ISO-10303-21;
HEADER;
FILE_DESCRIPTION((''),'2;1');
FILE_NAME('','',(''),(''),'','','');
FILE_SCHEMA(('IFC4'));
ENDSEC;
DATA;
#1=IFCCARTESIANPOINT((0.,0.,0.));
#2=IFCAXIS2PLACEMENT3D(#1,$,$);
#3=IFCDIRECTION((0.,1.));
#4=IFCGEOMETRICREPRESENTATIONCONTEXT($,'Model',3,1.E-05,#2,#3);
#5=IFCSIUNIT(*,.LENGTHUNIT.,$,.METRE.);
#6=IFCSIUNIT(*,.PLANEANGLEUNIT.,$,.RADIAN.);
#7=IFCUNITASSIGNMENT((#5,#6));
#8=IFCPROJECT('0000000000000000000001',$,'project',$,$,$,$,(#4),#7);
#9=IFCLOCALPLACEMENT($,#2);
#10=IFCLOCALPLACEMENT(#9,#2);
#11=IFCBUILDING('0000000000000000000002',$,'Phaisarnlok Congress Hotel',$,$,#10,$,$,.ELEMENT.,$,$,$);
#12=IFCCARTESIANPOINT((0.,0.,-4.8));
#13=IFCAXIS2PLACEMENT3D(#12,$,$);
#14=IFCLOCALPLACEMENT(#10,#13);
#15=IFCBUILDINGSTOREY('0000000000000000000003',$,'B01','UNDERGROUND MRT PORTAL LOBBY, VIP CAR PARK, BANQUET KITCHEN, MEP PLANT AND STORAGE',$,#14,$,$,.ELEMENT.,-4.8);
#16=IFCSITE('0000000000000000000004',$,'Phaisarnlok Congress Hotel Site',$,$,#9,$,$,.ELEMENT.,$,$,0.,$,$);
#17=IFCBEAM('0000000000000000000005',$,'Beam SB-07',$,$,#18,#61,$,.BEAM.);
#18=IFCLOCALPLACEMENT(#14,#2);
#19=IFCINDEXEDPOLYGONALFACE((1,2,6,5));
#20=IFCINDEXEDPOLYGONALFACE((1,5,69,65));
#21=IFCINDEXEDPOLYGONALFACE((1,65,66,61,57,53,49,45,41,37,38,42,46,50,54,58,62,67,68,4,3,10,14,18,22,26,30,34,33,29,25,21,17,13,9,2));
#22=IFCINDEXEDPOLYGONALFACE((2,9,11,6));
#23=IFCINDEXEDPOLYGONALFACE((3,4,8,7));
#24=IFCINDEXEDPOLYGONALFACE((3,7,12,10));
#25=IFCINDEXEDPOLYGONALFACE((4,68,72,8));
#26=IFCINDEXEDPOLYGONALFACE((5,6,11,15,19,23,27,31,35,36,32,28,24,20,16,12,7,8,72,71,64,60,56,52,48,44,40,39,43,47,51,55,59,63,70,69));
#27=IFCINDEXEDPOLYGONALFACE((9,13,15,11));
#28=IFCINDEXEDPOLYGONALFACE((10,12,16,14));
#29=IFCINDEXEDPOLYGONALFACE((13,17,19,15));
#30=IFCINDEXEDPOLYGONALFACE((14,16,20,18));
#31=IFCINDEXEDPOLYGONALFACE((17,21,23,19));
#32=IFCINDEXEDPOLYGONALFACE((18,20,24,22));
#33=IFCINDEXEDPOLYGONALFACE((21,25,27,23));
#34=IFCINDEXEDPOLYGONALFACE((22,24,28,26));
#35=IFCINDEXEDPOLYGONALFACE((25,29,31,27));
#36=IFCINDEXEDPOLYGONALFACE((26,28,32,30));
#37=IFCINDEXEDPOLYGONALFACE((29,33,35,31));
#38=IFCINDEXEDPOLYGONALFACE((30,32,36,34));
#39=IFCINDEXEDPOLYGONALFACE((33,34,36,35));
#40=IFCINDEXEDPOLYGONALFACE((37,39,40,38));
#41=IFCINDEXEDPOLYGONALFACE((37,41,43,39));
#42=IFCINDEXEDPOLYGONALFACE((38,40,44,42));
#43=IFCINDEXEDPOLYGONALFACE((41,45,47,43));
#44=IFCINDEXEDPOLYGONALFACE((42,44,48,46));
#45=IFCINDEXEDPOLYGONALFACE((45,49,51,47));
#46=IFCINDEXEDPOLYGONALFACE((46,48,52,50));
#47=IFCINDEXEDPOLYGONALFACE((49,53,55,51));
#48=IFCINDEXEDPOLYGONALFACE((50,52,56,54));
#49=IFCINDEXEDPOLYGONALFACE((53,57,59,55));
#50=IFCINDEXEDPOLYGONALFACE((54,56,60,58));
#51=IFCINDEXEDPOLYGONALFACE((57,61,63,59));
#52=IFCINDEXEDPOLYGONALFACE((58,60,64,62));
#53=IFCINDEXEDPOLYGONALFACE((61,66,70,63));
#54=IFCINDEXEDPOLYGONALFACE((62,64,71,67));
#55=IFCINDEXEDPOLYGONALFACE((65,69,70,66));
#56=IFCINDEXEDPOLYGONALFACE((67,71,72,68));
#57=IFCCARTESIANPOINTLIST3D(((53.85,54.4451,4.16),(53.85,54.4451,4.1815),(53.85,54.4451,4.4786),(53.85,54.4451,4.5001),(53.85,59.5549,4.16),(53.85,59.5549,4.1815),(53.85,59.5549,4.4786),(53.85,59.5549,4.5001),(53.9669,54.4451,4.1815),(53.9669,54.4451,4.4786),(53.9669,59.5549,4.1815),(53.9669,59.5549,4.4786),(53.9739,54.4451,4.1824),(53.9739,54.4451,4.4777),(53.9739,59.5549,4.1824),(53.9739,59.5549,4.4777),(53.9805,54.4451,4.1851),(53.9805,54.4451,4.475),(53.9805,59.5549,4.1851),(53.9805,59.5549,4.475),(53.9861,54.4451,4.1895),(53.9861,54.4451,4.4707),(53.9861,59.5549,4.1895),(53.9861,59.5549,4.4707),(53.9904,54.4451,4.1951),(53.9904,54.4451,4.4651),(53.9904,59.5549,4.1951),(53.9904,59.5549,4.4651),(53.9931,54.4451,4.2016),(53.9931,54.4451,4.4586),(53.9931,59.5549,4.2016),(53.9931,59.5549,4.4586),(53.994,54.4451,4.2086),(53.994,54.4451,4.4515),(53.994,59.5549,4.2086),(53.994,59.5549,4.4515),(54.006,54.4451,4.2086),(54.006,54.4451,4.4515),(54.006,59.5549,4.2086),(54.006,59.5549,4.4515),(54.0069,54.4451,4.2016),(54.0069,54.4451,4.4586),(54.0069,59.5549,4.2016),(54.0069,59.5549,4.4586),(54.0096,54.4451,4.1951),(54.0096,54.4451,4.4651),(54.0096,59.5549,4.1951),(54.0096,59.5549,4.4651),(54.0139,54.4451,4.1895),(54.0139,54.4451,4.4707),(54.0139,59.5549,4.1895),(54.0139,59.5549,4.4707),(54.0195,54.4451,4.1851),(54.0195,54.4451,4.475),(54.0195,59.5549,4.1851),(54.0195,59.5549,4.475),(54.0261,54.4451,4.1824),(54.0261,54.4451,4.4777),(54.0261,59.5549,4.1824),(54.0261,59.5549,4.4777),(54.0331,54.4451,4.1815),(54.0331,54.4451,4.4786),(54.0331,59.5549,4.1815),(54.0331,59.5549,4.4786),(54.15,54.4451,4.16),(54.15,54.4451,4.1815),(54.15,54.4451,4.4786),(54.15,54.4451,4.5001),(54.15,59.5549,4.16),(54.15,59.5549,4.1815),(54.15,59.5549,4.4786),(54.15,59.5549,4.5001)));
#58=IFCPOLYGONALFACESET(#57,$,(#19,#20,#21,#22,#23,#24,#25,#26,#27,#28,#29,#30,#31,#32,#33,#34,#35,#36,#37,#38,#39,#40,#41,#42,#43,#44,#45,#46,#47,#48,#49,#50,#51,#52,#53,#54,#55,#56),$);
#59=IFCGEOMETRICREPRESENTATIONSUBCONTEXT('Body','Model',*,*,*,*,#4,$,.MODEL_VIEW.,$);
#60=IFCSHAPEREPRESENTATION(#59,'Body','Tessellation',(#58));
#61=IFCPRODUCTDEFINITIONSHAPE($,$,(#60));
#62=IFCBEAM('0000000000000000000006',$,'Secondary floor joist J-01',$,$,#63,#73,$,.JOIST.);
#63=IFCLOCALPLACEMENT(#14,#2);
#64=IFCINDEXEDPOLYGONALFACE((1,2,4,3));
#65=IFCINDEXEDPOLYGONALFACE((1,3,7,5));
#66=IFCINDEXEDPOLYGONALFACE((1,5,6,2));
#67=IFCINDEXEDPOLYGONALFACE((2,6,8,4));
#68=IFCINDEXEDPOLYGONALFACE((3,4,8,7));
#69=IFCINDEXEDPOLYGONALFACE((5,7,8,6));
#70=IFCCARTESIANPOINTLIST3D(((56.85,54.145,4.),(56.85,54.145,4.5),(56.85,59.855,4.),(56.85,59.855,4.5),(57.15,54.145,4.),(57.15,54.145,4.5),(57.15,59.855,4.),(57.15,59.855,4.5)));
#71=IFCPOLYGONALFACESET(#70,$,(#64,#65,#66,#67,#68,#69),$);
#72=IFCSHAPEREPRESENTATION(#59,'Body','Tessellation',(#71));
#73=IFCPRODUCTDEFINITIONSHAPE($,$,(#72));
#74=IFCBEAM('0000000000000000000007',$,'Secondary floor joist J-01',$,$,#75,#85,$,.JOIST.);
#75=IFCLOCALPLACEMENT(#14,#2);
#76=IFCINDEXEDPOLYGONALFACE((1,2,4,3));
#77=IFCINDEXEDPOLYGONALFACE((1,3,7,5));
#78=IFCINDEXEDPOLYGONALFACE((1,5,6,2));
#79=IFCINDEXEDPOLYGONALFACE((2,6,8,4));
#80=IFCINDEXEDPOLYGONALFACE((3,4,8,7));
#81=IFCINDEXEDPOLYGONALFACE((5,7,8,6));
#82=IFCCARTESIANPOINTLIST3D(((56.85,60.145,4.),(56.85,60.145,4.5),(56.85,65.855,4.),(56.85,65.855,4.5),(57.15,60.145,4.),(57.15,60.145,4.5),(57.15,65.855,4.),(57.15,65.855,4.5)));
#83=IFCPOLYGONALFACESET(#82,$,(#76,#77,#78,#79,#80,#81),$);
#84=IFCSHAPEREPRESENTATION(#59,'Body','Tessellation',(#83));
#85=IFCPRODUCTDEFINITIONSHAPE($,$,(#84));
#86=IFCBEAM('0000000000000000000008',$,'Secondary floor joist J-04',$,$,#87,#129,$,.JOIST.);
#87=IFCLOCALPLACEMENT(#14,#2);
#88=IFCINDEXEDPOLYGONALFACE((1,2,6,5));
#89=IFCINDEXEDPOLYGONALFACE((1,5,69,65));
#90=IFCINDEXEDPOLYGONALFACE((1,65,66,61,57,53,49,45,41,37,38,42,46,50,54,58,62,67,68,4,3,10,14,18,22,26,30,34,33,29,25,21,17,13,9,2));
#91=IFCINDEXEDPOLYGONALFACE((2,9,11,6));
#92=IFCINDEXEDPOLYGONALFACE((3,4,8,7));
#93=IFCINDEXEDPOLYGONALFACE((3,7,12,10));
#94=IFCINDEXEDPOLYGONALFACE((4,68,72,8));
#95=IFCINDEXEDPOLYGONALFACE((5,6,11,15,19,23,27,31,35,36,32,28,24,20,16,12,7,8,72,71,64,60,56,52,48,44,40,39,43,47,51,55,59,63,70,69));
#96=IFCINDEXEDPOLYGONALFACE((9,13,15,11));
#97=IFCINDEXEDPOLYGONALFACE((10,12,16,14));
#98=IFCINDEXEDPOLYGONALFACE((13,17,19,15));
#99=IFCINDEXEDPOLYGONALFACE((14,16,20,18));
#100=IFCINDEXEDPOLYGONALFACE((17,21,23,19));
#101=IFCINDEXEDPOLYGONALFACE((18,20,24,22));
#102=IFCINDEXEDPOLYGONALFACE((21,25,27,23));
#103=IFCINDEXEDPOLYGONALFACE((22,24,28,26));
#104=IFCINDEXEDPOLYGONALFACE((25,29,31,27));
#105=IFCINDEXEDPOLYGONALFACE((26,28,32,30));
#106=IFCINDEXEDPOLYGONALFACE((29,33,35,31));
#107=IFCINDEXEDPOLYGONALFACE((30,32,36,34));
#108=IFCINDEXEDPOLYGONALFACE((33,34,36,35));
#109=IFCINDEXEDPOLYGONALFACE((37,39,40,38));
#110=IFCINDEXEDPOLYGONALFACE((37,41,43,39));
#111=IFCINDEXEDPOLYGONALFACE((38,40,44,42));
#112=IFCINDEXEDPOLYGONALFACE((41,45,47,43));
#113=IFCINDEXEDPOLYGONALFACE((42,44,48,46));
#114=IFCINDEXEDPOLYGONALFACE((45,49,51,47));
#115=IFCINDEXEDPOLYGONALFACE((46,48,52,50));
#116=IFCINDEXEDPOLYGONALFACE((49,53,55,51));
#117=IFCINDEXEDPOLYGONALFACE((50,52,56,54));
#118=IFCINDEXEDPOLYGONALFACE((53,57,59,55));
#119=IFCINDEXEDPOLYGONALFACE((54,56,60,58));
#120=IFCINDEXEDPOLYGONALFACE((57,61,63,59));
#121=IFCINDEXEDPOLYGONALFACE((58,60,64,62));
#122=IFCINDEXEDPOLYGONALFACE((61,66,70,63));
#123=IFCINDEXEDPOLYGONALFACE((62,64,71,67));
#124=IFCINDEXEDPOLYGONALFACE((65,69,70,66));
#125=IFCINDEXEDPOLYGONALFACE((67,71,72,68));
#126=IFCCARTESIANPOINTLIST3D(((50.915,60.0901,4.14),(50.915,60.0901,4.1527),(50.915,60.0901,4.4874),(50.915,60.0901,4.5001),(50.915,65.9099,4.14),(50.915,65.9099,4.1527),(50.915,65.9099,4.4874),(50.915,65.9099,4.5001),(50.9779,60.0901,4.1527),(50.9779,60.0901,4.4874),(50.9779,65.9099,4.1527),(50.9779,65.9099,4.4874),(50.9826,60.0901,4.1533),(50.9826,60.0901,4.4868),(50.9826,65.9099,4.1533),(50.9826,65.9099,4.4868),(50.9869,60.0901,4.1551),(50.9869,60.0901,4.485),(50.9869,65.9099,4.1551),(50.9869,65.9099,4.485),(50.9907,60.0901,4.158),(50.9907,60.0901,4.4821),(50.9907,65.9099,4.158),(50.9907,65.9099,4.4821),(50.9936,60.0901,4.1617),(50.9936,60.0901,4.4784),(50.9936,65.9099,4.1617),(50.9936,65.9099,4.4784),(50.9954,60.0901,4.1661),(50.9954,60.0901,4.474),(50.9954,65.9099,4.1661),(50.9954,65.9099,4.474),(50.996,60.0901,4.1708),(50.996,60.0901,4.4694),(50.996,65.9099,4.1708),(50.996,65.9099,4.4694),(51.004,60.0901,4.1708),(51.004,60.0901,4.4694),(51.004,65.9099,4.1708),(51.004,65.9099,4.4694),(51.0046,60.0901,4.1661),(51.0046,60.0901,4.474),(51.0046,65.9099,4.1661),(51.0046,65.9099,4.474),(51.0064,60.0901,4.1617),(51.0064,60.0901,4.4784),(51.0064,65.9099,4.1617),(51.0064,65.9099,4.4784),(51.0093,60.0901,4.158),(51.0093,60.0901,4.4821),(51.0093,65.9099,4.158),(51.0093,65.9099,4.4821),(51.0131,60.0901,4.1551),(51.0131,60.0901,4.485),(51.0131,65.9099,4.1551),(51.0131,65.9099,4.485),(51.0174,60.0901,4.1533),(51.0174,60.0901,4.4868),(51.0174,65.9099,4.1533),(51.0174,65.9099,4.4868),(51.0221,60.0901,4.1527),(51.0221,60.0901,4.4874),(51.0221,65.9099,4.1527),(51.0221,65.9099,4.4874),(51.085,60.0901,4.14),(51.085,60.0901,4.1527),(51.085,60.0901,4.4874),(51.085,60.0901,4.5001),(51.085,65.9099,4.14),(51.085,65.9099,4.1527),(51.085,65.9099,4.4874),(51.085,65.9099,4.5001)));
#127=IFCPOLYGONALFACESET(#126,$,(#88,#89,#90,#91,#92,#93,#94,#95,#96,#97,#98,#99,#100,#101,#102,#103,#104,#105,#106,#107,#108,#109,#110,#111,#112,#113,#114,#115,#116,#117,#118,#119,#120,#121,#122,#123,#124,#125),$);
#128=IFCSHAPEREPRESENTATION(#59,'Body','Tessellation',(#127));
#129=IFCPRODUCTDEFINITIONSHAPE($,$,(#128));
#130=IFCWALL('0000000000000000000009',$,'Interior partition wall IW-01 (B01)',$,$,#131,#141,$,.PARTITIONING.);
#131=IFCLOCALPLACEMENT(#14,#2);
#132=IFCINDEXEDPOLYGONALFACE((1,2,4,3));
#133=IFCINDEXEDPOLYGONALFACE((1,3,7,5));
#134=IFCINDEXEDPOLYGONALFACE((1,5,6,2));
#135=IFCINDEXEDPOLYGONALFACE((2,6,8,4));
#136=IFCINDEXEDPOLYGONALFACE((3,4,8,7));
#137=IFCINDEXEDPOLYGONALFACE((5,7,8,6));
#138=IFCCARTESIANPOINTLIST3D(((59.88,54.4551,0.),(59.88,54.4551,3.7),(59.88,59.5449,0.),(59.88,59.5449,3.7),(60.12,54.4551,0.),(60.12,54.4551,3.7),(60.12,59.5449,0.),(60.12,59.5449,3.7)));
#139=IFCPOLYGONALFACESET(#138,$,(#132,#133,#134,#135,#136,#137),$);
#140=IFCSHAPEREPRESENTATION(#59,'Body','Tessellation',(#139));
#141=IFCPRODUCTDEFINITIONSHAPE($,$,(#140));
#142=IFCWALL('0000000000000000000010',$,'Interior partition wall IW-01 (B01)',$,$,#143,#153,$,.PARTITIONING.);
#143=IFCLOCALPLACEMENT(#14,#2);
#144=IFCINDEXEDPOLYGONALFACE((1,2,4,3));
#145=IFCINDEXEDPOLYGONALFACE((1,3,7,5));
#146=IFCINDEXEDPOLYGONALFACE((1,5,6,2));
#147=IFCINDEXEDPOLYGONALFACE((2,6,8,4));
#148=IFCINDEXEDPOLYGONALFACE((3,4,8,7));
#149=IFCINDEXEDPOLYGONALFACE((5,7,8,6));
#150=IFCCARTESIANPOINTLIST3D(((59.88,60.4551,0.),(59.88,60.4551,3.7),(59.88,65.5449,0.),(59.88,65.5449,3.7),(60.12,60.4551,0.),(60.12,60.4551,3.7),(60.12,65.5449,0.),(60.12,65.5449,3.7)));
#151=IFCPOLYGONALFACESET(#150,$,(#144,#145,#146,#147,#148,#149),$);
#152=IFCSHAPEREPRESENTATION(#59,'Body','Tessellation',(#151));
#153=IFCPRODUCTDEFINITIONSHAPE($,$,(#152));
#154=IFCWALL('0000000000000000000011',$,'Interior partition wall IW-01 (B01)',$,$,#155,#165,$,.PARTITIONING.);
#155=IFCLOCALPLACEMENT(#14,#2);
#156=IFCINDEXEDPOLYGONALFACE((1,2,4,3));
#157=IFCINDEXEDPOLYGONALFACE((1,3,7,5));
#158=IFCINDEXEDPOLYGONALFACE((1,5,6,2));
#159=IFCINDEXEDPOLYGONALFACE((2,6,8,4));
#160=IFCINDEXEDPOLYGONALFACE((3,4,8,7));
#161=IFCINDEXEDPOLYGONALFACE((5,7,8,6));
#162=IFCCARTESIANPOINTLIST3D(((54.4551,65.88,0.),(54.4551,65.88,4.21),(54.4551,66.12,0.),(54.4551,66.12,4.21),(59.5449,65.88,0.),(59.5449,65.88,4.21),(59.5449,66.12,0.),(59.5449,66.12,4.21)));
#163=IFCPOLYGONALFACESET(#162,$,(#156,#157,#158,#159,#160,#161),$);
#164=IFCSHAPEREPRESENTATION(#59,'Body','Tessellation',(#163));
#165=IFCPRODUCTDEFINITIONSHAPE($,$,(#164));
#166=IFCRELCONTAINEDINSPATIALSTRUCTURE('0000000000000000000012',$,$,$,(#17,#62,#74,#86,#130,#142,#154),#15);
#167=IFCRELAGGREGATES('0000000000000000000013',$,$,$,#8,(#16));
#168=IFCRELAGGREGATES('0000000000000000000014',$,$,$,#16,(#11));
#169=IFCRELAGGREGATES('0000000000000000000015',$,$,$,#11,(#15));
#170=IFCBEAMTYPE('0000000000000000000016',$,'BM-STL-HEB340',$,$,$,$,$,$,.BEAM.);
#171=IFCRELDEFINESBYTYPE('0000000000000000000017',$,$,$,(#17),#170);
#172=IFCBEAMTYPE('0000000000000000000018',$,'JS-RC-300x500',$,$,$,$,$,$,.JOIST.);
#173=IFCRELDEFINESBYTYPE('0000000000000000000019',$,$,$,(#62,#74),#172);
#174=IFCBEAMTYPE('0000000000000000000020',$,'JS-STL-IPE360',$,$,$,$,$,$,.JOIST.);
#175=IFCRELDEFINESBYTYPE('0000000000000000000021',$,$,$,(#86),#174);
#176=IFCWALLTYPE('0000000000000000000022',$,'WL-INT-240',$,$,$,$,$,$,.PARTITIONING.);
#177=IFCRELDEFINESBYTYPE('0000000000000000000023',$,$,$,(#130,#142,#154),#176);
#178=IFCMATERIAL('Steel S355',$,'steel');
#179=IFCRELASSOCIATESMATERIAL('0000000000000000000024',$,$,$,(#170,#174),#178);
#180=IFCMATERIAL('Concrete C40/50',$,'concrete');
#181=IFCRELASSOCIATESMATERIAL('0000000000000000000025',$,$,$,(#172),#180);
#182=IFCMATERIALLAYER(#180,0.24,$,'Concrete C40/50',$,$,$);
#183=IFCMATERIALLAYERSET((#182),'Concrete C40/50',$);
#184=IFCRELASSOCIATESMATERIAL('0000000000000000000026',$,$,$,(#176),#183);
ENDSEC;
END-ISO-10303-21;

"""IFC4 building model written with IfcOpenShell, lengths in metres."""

from ifc_helpers import new_model, si_unit, direction, frame, frame_2d, origin, origin_2d, place, context, subcontext, project, spatial, rectangle, i_section, extrude, material, layer, layer_set, material_profile, profile_set, type_object, element, save


model = new_model("IFC4")

# Units and contexts
model_context = context("Model", 3, precision=1e-05, world=origin(), true_north=direction((0.0, 1.0)))
body_context = subcontext(model_context, "Body", "Model", "MODEL_VIEW")
ifc_project = project(units=[si_unit("LENGTHUNIT", "METRE"), si_unit("PLANEANGLEUNIT", "RADIAN")], contexts=[model_context])

# Site, building, storey
site_placement = place(None, origin())
site = spatial("IfcSite", under=ifc_project, at=site_placement, Name="Phaisarnlok Congress Hotel Site", CompositionType="ELEMENT", RefElevation=0.0)
building_placement = place(site_placement, origin())
building = spatial("IfcBuilding", under=site, at=building_placement, Name="Phaisarnlok Congress Hotel", CompositionType="ELEMENT")
storey_placement = place(building_placement, frame((0.0, 0.0, -4.8)))
storey = spatial("IfcBuildingStorey", under=building, at=storey_placement, Name="B01", Description="UNDERGROUND MRT PORTAL LOBBY, VIP CAR PARK, BANQUET KITCHEN, MEP PLANT AND STORAGE", CompositionType="ELEMENT", Elevation=-4.8)

# Shared definitions
ifc_material_1 = material(Name="Concrete C40/50", Category="concrete")

# Beams
ifc_material_2 = material(Name="Steel S355", Category="steel")
ifc_material_profile_1 = material_profile(ifc_material_2, i_section(OverallWidth=0.3, OverallDepth=0.3401, WebThickness=0.012, FlangeThickness=0.0215, FilletRadius=0.0271, at=origin_2d()), Name="HEB 340")
ifc_profile_set_1 = profile_set([ifc_material_profile_1], Name="Steel S355")
beam_type_1 = type_object("IfcBeamType", Name="BM-STL-HEB340", PredefinedType="BEAM", material=ifc_profile_set_1)
beam_1_placement = place(storey_placement, frame((54.0, 54.4451, 4.3301), z_axis=(0.0, 1.0, 0.0), x_axis=(-1.0, 0.0, 0.0)))
element("IfcBeam", 1, at=beam_1_placement, inside=storey, type_object=beam_type_1, Name="Beam SB-07", PredefinedType="BEAM", context=body_context, shape_type="SweptSolid", body=[
    extrude(i_section(OverallWidth=0.3, OverallDepth=0.3401, WebThickness=0.012, FlangeThickness=0.0215, FilletRadius=0.0271, at=origin_2d()), origin(), (0.0, 0.0, 1.0), 5.1099),
])
ifc_material_profile_2 = material_profile(ifc_material_1, rectangle(XDim=0.3, YDim=0.5, at=origin_2d()), Name="RC 300x500")
ifc_profile_set_2 = profile_set([ifc_material_profile_2], Name="Concrete C40/50")
beam_type_2 = type_object("IfcBeamType", Name="JS-RC-300x500", PredefinedType="JOIST", material=ifc_profile_set_2)
for number, where, z_axis, x_axis, name in (
    (2, (57.0, 54.145, 4.25), (0.0, 1.0, 0.0), (-1.0, 0.0, 0.0), "Secondary floor joist J-01"),
    (3, (57.0, 60.145, 4.25), (0.0, 1.0, 0.0), (-1.0, 0.0, 0.0), "Secondary floor joist J-01"),
):
    element("IfcBeam", number, at=place(storey_placement, frame(where, z_axis=z_axis, x_axis=x_axis)), inside=storey, type_object=beam_type_2, Name=name, PredefinedType="JOIST", context=body_context, shape_type="SweptSolid", body=[
        extrude(rectangle(XDim=0.3, YDim=0.5, at=origin_2d()), origin(), (0.0, 0.0, 1.0), 5.71),
    ])
ifc_material_profile_3 = material_profile(ifc_material_2, i_section(OverallWidth=0.1699, OverallDepth=0.3601, WebThickness=0.0081, FlangeThickness=0.0127, FilletRadius=0.0181, at=origin_2d()), Name="IPE 360")
ifc_profile_set_3 = profile_set([ifc_material_profile_3], Name="Steel S355")
beam_type_3 = type_object("IfcBeamType", Name="JS-STL-IPE360", PredefinedType="JOIST", material=ifc_profile_set_3)
beam_2_placement = place(storey_placement, frame((51.0, 60.0901, 4.3201), z_axis=(0.0, 1.0, 0.0), x_axis=(-1.0, 0.0, 0.0)))
element("IfcBeam", 4, at=beam_2_placement, inside=storey, type_object=beam_type_3, Name="Secondary floor joist J-04", PredefinedType="JOIST", context=body_context, shape_type="SweptSolid", body=[
    extrude(i_section(OverallWidth=0.1699, OverallDepth=0.3601, WebThickness=0.0081, FlangeThickness=0.0127, FilletRadius=0.0181, at=origin_2d()), origin(), (0.0, 0.0, 1.0), 5.8198),
])

# Walls
ifc_layer = layer(ifc_material_1, 0.24, Name="Concrete C40/50")
ifc_layer_set = layer_set([ifc_layer], Name="Concrete C40/50")
wall_type = type_object("IfcWallType", Name="WL-INT-240", PredefinedType="PARTITIONING", material=ifc_layer_set)
for number, where, z_axis, x_axis, name in (
    (5, (60.0, 54.4551, 0.0), (0.0, 0.0, 1.0), (0.0, 1.0, 0.0), "Interior partition wall IW-01 (B01)"),
    (6, (60.0, 60.4551, 0.0), (0.0, 0.0, 1.0), (0.0, 1.0, 0.0), "Interior partition wall IW-01 (B01)"),
):
    element("IfcWall", number, at=place(storey_placement, frame(where, z_axis=z_axis, x_axis=x_axis)), inside=storey, type_object=wall_type, Name=name, PredefinedType="PARTITIONING", context=body_context, shape_type="SweptSolid", body=[
        extrude(rectangle(XDim=5.0898, YDim=0.24, at=frame_2d((2.5449, 0.0))), origin(), (0.0, 0.0, 1.0), 3.7),
    ])
wall_placement = place(storey_placement, frame((54.4551, 66.0, 0.0), z_axis=(0.0, 0.0, 1.0), x_axis=(1.0, 0.0, 0.0)))
element("IfcWall", 7, at=wall_placement, inside=storey, type_object=wall_type, Name="Interior partition wall IW-01 (B01)", PredefinedType="PARTITIONING", context=body_context, shape_type="SweptSolid", body=[
    extrude(rectangle(XDim=5.0898, YDim=0.24, at=frame_2d((2.5449, 0.0))), origin(), (0.0, 0.0, 1.0), 4.21),
])

save(model, "model.ifc")
